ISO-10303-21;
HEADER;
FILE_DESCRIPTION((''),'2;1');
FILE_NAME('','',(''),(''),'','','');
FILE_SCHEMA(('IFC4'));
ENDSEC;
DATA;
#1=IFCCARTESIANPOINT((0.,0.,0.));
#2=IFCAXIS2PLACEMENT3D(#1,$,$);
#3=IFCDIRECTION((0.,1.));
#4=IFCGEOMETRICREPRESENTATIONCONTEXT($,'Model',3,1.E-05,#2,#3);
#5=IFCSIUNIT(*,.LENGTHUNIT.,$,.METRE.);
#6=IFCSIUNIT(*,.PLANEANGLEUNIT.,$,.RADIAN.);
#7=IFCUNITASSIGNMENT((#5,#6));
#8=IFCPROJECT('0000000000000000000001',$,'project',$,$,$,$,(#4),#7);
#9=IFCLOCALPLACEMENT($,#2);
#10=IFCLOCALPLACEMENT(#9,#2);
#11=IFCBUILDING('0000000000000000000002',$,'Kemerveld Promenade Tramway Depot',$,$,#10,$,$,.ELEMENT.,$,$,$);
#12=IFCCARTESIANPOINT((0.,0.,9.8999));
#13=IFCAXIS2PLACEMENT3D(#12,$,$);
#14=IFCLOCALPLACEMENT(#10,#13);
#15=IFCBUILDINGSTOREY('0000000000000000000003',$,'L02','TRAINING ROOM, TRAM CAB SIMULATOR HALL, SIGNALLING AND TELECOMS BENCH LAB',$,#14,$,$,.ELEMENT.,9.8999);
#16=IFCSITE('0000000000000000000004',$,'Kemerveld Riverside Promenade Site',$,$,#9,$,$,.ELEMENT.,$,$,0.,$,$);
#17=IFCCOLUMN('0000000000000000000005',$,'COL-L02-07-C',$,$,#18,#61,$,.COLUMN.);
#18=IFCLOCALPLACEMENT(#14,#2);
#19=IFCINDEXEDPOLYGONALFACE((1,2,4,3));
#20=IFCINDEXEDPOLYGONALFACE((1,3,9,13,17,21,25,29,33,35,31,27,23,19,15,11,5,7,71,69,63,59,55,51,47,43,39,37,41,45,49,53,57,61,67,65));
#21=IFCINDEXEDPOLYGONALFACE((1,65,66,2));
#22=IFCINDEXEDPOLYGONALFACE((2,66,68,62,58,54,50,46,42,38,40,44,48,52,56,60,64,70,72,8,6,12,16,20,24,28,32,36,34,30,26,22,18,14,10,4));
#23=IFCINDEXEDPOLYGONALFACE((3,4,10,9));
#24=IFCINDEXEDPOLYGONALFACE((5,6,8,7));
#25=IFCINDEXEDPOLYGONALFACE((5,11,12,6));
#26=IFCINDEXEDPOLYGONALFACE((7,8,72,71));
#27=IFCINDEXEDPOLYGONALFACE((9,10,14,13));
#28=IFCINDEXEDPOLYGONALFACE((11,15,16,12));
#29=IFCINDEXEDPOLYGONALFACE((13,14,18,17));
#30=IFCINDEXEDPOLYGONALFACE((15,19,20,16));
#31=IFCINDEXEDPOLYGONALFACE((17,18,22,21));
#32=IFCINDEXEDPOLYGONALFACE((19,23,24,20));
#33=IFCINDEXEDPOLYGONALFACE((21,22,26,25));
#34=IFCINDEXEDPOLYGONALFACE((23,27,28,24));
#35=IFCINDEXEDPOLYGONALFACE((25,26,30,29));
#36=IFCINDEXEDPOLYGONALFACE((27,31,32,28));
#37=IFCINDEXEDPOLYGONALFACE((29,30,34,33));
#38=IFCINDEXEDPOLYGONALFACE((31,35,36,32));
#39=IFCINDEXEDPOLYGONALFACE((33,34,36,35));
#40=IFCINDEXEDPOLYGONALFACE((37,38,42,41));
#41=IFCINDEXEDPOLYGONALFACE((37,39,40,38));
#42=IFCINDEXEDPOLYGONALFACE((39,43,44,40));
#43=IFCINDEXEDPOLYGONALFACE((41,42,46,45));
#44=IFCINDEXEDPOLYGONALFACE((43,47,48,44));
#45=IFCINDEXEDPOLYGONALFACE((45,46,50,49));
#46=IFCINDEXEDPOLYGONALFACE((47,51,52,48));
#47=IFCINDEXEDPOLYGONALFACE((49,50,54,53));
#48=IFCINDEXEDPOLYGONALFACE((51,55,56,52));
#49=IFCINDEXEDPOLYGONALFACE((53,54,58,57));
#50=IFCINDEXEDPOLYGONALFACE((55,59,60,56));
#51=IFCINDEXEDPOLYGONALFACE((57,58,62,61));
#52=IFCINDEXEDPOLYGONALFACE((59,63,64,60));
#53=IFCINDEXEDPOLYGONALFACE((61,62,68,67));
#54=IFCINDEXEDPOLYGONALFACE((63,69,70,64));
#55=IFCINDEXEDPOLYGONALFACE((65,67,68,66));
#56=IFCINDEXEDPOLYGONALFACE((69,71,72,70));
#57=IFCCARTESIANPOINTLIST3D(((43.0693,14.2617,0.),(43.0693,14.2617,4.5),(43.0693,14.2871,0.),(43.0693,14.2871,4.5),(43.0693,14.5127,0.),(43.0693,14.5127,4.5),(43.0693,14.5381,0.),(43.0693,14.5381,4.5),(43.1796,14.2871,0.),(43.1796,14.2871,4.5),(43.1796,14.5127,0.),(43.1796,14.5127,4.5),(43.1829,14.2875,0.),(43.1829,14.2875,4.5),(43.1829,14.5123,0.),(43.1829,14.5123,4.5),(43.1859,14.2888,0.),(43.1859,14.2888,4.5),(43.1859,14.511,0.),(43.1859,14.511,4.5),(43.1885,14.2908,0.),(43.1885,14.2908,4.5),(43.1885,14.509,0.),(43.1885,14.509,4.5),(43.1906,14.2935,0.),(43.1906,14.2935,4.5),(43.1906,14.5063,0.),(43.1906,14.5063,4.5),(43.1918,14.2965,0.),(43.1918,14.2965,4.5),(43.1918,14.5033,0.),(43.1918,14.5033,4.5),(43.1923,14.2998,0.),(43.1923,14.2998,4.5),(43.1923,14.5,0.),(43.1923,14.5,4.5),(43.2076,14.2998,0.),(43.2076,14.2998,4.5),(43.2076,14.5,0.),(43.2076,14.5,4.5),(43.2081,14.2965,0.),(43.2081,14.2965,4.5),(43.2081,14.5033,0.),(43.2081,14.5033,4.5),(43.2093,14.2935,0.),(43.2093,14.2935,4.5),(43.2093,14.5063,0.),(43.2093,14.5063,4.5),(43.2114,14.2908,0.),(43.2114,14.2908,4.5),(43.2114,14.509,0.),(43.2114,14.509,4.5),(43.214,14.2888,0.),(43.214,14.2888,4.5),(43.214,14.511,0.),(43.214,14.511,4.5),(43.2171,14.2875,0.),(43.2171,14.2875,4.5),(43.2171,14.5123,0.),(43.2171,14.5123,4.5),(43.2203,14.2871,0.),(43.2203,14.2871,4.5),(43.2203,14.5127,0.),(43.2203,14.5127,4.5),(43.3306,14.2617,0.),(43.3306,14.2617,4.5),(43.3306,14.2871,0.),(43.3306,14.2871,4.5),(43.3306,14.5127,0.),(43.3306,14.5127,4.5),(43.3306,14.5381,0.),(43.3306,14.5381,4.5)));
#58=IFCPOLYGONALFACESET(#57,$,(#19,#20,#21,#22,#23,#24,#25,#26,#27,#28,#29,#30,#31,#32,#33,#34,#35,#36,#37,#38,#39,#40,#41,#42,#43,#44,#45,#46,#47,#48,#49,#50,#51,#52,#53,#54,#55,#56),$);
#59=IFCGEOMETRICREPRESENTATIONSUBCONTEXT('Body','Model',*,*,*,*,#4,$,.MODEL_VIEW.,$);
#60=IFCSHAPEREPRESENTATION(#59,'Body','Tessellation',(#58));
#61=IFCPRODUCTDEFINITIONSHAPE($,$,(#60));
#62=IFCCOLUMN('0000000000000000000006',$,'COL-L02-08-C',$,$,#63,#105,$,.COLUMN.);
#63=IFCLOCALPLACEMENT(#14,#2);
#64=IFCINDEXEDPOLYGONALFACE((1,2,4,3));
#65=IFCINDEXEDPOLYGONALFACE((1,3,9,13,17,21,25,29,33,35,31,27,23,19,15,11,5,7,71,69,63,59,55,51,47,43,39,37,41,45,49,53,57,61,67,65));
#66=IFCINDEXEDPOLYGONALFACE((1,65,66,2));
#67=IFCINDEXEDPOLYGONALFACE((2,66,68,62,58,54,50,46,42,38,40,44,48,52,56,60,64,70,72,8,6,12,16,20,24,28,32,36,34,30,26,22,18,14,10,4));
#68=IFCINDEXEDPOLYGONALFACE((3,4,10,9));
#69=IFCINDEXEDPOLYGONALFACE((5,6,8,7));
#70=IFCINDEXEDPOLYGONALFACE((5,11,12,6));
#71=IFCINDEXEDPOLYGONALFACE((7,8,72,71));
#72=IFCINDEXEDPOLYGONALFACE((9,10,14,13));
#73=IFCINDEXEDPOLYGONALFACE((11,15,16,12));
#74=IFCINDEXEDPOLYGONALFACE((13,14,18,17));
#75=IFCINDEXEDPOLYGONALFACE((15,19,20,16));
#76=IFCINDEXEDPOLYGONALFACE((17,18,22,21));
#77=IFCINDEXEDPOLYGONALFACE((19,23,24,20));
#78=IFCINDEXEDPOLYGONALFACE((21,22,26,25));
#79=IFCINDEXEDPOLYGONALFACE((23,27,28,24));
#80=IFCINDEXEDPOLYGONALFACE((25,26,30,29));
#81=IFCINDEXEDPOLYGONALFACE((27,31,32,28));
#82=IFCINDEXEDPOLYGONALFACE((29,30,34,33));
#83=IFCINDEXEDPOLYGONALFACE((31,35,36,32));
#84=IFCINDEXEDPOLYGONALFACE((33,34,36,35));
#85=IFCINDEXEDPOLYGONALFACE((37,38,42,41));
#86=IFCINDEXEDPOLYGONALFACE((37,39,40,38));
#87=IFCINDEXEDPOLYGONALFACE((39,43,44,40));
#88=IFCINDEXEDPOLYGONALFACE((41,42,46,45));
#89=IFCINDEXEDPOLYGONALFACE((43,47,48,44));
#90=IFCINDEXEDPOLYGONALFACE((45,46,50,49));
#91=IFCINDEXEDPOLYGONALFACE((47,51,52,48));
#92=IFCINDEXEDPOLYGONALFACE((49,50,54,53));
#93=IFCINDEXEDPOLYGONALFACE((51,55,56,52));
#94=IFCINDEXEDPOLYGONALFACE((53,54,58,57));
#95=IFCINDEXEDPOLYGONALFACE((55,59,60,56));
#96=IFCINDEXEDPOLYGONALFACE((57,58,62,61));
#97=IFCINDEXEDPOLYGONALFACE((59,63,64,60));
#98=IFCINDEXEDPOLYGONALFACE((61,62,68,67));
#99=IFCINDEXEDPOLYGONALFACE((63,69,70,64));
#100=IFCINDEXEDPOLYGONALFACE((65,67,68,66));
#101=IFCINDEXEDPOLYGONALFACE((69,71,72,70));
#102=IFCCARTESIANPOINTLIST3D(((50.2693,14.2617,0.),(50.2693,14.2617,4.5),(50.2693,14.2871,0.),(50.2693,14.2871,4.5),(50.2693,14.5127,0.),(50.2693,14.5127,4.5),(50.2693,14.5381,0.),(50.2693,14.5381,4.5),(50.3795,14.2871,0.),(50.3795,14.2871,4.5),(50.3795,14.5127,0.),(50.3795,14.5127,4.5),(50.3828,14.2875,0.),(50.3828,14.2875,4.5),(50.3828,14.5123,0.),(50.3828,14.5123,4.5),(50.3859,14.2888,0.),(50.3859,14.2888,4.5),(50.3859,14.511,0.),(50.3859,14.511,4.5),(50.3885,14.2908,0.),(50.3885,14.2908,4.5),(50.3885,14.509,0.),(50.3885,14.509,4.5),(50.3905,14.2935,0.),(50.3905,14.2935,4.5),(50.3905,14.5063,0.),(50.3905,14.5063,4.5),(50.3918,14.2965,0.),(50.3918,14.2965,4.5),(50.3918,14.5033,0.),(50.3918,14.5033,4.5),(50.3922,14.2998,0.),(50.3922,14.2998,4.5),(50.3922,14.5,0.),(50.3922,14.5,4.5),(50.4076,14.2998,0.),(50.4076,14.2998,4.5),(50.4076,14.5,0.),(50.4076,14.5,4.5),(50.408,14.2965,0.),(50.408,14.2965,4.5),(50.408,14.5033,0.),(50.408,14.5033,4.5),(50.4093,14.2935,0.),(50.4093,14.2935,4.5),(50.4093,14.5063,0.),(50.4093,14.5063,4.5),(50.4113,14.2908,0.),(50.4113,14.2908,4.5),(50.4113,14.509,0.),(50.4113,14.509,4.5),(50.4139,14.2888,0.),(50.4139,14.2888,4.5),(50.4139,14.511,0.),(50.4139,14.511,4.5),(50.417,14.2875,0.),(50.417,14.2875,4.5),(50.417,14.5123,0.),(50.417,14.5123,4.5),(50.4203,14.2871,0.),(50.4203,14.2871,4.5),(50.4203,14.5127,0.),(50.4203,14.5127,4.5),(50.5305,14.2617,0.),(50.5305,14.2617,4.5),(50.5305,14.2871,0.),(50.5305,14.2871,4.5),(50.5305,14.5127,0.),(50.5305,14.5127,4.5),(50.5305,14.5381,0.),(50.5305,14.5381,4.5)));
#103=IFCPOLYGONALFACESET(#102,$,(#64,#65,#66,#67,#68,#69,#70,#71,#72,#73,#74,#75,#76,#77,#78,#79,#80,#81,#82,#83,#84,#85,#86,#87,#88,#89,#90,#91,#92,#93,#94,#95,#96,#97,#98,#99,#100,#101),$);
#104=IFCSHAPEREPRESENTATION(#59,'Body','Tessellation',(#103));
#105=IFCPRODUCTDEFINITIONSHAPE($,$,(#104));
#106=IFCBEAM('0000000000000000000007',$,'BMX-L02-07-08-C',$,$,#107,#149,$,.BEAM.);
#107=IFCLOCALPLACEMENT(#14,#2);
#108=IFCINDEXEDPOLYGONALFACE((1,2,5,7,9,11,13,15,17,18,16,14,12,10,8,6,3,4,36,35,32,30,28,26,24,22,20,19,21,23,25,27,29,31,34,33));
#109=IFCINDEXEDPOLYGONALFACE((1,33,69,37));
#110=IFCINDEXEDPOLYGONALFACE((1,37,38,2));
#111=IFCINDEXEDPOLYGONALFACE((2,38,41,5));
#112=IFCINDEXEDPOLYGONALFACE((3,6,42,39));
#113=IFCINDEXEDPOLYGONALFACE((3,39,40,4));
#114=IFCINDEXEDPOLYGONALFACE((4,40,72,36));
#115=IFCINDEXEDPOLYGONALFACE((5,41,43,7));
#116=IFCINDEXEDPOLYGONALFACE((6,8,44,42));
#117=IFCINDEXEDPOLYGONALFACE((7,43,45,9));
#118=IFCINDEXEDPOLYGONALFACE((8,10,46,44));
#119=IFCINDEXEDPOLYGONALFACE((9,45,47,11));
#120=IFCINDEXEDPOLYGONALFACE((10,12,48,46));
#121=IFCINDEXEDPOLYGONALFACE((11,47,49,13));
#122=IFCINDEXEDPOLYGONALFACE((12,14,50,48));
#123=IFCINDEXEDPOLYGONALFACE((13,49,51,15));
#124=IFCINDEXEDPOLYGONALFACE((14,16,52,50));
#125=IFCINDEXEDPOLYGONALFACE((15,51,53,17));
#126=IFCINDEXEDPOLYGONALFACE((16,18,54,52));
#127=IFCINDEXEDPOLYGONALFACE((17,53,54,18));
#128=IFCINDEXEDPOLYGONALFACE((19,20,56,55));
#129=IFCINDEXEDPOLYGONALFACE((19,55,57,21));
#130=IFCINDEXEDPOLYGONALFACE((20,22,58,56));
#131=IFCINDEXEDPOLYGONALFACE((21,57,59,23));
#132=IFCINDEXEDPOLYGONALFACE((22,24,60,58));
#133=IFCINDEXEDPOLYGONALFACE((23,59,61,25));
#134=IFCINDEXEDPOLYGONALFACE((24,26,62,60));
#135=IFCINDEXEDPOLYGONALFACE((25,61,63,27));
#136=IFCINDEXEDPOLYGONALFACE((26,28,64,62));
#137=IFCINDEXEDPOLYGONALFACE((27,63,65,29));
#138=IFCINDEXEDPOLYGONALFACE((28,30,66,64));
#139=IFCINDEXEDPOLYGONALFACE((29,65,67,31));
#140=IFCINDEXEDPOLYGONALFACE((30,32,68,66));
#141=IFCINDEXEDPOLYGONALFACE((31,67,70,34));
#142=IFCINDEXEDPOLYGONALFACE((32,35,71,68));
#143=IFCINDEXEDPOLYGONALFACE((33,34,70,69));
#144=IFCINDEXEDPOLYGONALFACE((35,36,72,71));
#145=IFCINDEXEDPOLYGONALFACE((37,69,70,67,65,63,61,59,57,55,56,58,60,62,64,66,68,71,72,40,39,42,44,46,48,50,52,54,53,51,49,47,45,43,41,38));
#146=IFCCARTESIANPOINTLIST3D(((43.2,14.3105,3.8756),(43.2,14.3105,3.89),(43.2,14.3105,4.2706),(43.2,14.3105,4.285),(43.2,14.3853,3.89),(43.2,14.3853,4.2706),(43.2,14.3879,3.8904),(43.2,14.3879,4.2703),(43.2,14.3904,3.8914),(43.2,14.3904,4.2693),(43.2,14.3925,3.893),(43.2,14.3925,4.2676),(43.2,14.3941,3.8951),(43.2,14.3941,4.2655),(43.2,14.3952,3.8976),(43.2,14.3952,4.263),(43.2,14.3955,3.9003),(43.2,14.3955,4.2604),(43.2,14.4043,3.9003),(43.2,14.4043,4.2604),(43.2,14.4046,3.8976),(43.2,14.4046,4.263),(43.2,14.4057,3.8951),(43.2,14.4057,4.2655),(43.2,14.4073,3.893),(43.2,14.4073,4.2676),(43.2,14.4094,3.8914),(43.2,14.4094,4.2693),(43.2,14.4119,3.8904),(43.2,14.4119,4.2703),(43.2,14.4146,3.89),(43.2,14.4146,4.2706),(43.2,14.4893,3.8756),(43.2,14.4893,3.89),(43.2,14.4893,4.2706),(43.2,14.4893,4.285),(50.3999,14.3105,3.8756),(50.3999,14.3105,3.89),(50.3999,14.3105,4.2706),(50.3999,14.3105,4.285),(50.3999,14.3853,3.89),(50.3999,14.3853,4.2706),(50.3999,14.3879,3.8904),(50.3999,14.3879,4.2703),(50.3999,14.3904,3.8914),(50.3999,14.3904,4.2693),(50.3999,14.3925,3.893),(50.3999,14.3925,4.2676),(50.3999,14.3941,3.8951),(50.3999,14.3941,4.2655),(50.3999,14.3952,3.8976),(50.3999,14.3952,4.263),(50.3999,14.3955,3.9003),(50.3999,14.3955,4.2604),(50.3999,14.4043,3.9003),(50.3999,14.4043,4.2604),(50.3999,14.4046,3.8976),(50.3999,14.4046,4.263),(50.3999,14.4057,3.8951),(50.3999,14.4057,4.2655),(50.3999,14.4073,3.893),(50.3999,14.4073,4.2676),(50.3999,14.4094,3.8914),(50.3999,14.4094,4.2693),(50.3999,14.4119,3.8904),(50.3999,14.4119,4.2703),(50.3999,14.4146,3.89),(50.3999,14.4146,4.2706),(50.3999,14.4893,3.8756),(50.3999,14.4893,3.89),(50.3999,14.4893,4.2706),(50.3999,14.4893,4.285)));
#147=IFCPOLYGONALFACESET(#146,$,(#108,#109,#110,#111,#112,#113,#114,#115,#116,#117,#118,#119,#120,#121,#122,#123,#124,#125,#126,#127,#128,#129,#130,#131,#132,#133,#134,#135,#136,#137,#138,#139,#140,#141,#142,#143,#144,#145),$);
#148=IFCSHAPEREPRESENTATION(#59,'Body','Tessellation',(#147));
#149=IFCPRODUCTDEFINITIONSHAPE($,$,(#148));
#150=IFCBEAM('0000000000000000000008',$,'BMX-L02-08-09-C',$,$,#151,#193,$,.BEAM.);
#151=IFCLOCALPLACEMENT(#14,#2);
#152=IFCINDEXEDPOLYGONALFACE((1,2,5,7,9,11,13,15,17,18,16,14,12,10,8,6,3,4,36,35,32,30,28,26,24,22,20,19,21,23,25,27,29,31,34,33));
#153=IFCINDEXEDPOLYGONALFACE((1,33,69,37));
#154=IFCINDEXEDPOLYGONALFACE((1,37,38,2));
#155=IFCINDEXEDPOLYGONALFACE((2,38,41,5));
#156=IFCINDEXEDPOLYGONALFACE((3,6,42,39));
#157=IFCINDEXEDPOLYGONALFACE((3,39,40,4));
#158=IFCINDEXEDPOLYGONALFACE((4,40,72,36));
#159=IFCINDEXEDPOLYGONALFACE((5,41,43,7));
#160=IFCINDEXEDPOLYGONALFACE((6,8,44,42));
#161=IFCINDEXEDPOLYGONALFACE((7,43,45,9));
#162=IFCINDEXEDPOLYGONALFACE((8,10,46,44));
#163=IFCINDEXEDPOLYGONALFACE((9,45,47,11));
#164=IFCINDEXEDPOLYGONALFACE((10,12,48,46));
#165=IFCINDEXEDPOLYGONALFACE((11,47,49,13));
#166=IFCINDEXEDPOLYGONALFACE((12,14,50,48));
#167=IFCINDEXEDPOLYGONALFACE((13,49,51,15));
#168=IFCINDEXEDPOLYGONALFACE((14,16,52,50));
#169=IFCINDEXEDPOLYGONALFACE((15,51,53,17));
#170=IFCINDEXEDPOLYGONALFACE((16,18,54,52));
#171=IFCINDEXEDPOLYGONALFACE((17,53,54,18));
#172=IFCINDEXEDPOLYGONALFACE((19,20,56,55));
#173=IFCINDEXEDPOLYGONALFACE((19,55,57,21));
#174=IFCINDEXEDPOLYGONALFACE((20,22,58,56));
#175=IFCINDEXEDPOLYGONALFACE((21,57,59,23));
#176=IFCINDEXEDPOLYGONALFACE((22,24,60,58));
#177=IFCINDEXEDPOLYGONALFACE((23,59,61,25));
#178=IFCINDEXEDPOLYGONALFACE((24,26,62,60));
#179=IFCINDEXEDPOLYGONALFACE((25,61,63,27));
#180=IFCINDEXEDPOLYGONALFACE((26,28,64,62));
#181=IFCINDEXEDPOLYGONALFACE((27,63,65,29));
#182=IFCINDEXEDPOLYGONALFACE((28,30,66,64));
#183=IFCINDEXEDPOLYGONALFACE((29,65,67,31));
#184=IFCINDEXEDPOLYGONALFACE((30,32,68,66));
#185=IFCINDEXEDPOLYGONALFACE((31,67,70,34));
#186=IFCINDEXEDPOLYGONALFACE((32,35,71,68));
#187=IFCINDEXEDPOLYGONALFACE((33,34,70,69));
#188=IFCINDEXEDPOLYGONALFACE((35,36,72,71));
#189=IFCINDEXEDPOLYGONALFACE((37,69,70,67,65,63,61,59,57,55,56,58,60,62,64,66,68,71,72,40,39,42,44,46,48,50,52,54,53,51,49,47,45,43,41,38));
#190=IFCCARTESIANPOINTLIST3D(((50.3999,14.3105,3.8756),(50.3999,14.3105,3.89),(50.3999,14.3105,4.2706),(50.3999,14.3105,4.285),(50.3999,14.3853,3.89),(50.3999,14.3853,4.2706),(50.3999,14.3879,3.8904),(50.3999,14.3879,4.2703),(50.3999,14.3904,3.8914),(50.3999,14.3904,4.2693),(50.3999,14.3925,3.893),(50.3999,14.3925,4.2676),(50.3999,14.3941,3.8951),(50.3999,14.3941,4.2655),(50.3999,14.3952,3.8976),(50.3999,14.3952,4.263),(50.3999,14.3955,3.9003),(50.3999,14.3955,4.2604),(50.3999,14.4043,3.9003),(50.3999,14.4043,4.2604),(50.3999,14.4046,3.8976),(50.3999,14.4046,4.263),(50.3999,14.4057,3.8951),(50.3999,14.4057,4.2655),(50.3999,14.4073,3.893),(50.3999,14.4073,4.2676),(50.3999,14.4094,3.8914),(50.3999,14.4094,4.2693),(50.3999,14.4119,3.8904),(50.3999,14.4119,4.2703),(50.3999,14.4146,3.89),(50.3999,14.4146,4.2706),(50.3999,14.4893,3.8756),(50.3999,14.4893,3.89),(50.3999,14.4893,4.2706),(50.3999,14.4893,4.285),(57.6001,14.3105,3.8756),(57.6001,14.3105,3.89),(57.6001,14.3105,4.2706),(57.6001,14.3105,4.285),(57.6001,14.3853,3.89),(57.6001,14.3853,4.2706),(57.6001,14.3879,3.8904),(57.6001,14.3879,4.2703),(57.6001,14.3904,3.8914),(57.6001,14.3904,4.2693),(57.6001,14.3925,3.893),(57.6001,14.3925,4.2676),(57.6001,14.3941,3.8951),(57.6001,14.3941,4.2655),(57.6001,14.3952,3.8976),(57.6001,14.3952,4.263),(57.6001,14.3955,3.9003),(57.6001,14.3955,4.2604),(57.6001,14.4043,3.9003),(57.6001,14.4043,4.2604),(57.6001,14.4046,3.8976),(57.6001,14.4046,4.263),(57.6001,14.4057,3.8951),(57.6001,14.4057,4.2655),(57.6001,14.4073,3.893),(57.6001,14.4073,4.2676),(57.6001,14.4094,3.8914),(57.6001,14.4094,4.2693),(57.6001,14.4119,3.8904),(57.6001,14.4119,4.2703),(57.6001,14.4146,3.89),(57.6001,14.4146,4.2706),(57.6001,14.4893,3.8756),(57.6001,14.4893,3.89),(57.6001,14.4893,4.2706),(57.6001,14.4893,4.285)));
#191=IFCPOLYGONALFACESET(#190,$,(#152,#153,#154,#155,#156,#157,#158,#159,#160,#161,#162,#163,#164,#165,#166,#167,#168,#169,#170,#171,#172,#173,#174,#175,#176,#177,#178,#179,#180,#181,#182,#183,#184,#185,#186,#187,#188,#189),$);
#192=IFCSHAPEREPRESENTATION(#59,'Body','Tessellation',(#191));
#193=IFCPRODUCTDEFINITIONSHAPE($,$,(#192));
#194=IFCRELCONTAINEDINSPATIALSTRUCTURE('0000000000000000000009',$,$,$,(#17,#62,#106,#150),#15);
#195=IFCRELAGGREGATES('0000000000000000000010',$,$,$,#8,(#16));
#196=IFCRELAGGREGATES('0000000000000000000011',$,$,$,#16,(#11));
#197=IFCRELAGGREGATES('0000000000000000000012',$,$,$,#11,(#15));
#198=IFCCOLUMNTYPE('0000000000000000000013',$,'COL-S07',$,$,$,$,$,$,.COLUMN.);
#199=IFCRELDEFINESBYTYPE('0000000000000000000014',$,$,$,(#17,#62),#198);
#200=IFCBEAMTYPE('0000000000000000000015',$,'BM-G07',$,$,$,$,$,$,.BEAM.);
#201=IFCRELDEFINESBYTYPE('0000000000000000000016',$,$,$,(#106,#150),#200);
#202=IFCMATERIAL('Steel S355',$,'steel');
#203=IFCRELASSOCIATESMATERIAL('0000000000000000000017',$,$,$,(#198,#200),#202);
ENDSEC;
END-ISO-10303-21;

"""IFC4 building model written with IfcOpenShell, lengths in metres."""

from ifc_helpers import new_model, si_unit, direction, frame, origin, origin_2d, place, context, subcontext, project, spatial, i_section, extrude, material, material_profile, profile_set, type_object, element, save


model = new_model("IFC4")

# Units and contexts
model_context = context("Model", 3, precision=1e-05, world=origin(), true_north=direction((0.0, 1.0)))
body_context = subcontext(model_context, "Body", "Model", "MODEL_VIEW")
ifc_project = project(units=[si_unit("LENGTHUNIT", "METRE"), si_unit("PLANEANGLEUNIT", "RADIAN")], contexts=[model_context])

# Site, building, storey
site_placement = place(None, origin())
site = spatial("IfcSite", under=ifc_project, at=site_placement, Name="Kemerveld Riverside Promenade Site", CompositionType="ELEMENT", RefElevation=0.0)
building_placement = place(site_placement, origin())
building = spatial("IfcBuilding", under=site, at=building_placement, Name="Kemerveld Promenade Tramway Depot", CompositionType="ELEMENT")
storey_placement = place(building_placement, frame((0.0, 0.0, 9.8999)))
storey = spatial("IfcBuildingStorey", under=building, at=storey_placement, Name="L02", Description="TRAINING ROOM, TRAM CAB SIMULATOR HALL, SIGNALLING AND TELECOMS BENCH LAB", CompositionType="ELEMENT", Elevation=9.8999)

# Columns
ifc_material_1 = material(Name="Steel S355", Category="steel")
ifc_material_profile_1 = material_profile(ifc_material_1, i_section(OverallWidth=0.2612, OverallDepth=0.2764, WebThickness=0.0154, FlangeThickness=0.0254, FilletRadius=0.0127, at=origin_2d()), Name="254x254x132 UC")
ifc_profile_set_1 = profile_set([ifc_material_profile_1], Name="Steel S355")
column_type = type_object("IfcColumnType", Name="COL-S07", PredefinedType="COLUMN", material=ifc_profile_set_1)
for number, where, z_axis, x_axis, name in (
    (1, (43.2, 14.3999, 0.0), (0.0, 0.0, 1.0), (1.0, 0.0, 0.0), "COL-L02-07-C"),
    (2, (50.3999, 14.3999, 0.0), (0.0, 0.0, 1.0), (1.0, 0.0, 0.0), "COL-L02-08-C"),
):
    element("IfcColumn", number, at=place(storey_placement, frame(where, z_axis=z_axis, x_axis=x_axis)), inside=storey, type_object=column_type, Name=name, PredefinedType="COLUMN", context=body_context, shape_type="SweptSolid", body=[
        extrude(i_section(OverallWidth=0.2612, OverallDepth=0.2764, WebThickness=0.0154, FlangeThickness=0.0254, FilletRadius=0.0127, at=origin_2d()), origin(), (0.0, 0.0, 1.0), 4.5),
    ])

# Beams
ifc_material_profile_2 = material_profile(ifc_material_1, i_section(OverallWidth=0.1787, OverallDepth=0.4094, WebThickness=0.0088, FlangeThickness=0.0144, FilletRadius=0.0103, at=origin_2d()), Name="406x178x67 UB")
ifc_profile_set_2 = profile_set([ifc_material_profile_2], Name="Steel S355")
beam_type_1 = type_object("IfcBeamType", Name="BM-G07", PredefinedType="BEAM", material=ifc_profile_set_2)
beam_1_placement = place(storey_placement, frame((43.2, 14.3999, 4.0803), z_axis=(1.0, 0.0, 0.0), x_axis=(0.0, 1.0, 0.0)))
element("IfcBeam", 3, at=beam_1_placement, inside=storey, type_object=beam_type_1, Name="BMX-L02-07-08-C", PredefinedType="BEAM", context=body_context, shape_type="SweptSolid", body=[
    extrude(i_section(OverallWidth=0.1787, OverallDepth=0.4094, WebThickness=0.0088, FlangeThickness=0.0144, FilletRadius=0.0103, at=origin_2d()), origin(), (0.0, 0.0, 1.0), 7.2),
])
beam_2_placement = place(storey_placement, frame((50.3999, 14.3999, 4.0803), z_axis=(1.0, 0.0, 0.0), x_axis=(0.0, 1.0, 0.0)))
element("IfcBeam", 4, at=beam_2_placement, inside=storey, type_object=beam_type_1, Name="BMX-L02-08-09-C", PredefinedType="BEAM", context=body_context, shape_type="SweptSolid", body=[
    extrude(i_section(OverallWidth=0.1787, OverallDepth=0.4094, WebThickness=0.0088, FlangeThickness=0.0144, FilletRadius=0.0103, at=origin_2d()), origin(), (0.0, 0.0, 1.0), 7.2002),
])

save(model, "model.ifc")
